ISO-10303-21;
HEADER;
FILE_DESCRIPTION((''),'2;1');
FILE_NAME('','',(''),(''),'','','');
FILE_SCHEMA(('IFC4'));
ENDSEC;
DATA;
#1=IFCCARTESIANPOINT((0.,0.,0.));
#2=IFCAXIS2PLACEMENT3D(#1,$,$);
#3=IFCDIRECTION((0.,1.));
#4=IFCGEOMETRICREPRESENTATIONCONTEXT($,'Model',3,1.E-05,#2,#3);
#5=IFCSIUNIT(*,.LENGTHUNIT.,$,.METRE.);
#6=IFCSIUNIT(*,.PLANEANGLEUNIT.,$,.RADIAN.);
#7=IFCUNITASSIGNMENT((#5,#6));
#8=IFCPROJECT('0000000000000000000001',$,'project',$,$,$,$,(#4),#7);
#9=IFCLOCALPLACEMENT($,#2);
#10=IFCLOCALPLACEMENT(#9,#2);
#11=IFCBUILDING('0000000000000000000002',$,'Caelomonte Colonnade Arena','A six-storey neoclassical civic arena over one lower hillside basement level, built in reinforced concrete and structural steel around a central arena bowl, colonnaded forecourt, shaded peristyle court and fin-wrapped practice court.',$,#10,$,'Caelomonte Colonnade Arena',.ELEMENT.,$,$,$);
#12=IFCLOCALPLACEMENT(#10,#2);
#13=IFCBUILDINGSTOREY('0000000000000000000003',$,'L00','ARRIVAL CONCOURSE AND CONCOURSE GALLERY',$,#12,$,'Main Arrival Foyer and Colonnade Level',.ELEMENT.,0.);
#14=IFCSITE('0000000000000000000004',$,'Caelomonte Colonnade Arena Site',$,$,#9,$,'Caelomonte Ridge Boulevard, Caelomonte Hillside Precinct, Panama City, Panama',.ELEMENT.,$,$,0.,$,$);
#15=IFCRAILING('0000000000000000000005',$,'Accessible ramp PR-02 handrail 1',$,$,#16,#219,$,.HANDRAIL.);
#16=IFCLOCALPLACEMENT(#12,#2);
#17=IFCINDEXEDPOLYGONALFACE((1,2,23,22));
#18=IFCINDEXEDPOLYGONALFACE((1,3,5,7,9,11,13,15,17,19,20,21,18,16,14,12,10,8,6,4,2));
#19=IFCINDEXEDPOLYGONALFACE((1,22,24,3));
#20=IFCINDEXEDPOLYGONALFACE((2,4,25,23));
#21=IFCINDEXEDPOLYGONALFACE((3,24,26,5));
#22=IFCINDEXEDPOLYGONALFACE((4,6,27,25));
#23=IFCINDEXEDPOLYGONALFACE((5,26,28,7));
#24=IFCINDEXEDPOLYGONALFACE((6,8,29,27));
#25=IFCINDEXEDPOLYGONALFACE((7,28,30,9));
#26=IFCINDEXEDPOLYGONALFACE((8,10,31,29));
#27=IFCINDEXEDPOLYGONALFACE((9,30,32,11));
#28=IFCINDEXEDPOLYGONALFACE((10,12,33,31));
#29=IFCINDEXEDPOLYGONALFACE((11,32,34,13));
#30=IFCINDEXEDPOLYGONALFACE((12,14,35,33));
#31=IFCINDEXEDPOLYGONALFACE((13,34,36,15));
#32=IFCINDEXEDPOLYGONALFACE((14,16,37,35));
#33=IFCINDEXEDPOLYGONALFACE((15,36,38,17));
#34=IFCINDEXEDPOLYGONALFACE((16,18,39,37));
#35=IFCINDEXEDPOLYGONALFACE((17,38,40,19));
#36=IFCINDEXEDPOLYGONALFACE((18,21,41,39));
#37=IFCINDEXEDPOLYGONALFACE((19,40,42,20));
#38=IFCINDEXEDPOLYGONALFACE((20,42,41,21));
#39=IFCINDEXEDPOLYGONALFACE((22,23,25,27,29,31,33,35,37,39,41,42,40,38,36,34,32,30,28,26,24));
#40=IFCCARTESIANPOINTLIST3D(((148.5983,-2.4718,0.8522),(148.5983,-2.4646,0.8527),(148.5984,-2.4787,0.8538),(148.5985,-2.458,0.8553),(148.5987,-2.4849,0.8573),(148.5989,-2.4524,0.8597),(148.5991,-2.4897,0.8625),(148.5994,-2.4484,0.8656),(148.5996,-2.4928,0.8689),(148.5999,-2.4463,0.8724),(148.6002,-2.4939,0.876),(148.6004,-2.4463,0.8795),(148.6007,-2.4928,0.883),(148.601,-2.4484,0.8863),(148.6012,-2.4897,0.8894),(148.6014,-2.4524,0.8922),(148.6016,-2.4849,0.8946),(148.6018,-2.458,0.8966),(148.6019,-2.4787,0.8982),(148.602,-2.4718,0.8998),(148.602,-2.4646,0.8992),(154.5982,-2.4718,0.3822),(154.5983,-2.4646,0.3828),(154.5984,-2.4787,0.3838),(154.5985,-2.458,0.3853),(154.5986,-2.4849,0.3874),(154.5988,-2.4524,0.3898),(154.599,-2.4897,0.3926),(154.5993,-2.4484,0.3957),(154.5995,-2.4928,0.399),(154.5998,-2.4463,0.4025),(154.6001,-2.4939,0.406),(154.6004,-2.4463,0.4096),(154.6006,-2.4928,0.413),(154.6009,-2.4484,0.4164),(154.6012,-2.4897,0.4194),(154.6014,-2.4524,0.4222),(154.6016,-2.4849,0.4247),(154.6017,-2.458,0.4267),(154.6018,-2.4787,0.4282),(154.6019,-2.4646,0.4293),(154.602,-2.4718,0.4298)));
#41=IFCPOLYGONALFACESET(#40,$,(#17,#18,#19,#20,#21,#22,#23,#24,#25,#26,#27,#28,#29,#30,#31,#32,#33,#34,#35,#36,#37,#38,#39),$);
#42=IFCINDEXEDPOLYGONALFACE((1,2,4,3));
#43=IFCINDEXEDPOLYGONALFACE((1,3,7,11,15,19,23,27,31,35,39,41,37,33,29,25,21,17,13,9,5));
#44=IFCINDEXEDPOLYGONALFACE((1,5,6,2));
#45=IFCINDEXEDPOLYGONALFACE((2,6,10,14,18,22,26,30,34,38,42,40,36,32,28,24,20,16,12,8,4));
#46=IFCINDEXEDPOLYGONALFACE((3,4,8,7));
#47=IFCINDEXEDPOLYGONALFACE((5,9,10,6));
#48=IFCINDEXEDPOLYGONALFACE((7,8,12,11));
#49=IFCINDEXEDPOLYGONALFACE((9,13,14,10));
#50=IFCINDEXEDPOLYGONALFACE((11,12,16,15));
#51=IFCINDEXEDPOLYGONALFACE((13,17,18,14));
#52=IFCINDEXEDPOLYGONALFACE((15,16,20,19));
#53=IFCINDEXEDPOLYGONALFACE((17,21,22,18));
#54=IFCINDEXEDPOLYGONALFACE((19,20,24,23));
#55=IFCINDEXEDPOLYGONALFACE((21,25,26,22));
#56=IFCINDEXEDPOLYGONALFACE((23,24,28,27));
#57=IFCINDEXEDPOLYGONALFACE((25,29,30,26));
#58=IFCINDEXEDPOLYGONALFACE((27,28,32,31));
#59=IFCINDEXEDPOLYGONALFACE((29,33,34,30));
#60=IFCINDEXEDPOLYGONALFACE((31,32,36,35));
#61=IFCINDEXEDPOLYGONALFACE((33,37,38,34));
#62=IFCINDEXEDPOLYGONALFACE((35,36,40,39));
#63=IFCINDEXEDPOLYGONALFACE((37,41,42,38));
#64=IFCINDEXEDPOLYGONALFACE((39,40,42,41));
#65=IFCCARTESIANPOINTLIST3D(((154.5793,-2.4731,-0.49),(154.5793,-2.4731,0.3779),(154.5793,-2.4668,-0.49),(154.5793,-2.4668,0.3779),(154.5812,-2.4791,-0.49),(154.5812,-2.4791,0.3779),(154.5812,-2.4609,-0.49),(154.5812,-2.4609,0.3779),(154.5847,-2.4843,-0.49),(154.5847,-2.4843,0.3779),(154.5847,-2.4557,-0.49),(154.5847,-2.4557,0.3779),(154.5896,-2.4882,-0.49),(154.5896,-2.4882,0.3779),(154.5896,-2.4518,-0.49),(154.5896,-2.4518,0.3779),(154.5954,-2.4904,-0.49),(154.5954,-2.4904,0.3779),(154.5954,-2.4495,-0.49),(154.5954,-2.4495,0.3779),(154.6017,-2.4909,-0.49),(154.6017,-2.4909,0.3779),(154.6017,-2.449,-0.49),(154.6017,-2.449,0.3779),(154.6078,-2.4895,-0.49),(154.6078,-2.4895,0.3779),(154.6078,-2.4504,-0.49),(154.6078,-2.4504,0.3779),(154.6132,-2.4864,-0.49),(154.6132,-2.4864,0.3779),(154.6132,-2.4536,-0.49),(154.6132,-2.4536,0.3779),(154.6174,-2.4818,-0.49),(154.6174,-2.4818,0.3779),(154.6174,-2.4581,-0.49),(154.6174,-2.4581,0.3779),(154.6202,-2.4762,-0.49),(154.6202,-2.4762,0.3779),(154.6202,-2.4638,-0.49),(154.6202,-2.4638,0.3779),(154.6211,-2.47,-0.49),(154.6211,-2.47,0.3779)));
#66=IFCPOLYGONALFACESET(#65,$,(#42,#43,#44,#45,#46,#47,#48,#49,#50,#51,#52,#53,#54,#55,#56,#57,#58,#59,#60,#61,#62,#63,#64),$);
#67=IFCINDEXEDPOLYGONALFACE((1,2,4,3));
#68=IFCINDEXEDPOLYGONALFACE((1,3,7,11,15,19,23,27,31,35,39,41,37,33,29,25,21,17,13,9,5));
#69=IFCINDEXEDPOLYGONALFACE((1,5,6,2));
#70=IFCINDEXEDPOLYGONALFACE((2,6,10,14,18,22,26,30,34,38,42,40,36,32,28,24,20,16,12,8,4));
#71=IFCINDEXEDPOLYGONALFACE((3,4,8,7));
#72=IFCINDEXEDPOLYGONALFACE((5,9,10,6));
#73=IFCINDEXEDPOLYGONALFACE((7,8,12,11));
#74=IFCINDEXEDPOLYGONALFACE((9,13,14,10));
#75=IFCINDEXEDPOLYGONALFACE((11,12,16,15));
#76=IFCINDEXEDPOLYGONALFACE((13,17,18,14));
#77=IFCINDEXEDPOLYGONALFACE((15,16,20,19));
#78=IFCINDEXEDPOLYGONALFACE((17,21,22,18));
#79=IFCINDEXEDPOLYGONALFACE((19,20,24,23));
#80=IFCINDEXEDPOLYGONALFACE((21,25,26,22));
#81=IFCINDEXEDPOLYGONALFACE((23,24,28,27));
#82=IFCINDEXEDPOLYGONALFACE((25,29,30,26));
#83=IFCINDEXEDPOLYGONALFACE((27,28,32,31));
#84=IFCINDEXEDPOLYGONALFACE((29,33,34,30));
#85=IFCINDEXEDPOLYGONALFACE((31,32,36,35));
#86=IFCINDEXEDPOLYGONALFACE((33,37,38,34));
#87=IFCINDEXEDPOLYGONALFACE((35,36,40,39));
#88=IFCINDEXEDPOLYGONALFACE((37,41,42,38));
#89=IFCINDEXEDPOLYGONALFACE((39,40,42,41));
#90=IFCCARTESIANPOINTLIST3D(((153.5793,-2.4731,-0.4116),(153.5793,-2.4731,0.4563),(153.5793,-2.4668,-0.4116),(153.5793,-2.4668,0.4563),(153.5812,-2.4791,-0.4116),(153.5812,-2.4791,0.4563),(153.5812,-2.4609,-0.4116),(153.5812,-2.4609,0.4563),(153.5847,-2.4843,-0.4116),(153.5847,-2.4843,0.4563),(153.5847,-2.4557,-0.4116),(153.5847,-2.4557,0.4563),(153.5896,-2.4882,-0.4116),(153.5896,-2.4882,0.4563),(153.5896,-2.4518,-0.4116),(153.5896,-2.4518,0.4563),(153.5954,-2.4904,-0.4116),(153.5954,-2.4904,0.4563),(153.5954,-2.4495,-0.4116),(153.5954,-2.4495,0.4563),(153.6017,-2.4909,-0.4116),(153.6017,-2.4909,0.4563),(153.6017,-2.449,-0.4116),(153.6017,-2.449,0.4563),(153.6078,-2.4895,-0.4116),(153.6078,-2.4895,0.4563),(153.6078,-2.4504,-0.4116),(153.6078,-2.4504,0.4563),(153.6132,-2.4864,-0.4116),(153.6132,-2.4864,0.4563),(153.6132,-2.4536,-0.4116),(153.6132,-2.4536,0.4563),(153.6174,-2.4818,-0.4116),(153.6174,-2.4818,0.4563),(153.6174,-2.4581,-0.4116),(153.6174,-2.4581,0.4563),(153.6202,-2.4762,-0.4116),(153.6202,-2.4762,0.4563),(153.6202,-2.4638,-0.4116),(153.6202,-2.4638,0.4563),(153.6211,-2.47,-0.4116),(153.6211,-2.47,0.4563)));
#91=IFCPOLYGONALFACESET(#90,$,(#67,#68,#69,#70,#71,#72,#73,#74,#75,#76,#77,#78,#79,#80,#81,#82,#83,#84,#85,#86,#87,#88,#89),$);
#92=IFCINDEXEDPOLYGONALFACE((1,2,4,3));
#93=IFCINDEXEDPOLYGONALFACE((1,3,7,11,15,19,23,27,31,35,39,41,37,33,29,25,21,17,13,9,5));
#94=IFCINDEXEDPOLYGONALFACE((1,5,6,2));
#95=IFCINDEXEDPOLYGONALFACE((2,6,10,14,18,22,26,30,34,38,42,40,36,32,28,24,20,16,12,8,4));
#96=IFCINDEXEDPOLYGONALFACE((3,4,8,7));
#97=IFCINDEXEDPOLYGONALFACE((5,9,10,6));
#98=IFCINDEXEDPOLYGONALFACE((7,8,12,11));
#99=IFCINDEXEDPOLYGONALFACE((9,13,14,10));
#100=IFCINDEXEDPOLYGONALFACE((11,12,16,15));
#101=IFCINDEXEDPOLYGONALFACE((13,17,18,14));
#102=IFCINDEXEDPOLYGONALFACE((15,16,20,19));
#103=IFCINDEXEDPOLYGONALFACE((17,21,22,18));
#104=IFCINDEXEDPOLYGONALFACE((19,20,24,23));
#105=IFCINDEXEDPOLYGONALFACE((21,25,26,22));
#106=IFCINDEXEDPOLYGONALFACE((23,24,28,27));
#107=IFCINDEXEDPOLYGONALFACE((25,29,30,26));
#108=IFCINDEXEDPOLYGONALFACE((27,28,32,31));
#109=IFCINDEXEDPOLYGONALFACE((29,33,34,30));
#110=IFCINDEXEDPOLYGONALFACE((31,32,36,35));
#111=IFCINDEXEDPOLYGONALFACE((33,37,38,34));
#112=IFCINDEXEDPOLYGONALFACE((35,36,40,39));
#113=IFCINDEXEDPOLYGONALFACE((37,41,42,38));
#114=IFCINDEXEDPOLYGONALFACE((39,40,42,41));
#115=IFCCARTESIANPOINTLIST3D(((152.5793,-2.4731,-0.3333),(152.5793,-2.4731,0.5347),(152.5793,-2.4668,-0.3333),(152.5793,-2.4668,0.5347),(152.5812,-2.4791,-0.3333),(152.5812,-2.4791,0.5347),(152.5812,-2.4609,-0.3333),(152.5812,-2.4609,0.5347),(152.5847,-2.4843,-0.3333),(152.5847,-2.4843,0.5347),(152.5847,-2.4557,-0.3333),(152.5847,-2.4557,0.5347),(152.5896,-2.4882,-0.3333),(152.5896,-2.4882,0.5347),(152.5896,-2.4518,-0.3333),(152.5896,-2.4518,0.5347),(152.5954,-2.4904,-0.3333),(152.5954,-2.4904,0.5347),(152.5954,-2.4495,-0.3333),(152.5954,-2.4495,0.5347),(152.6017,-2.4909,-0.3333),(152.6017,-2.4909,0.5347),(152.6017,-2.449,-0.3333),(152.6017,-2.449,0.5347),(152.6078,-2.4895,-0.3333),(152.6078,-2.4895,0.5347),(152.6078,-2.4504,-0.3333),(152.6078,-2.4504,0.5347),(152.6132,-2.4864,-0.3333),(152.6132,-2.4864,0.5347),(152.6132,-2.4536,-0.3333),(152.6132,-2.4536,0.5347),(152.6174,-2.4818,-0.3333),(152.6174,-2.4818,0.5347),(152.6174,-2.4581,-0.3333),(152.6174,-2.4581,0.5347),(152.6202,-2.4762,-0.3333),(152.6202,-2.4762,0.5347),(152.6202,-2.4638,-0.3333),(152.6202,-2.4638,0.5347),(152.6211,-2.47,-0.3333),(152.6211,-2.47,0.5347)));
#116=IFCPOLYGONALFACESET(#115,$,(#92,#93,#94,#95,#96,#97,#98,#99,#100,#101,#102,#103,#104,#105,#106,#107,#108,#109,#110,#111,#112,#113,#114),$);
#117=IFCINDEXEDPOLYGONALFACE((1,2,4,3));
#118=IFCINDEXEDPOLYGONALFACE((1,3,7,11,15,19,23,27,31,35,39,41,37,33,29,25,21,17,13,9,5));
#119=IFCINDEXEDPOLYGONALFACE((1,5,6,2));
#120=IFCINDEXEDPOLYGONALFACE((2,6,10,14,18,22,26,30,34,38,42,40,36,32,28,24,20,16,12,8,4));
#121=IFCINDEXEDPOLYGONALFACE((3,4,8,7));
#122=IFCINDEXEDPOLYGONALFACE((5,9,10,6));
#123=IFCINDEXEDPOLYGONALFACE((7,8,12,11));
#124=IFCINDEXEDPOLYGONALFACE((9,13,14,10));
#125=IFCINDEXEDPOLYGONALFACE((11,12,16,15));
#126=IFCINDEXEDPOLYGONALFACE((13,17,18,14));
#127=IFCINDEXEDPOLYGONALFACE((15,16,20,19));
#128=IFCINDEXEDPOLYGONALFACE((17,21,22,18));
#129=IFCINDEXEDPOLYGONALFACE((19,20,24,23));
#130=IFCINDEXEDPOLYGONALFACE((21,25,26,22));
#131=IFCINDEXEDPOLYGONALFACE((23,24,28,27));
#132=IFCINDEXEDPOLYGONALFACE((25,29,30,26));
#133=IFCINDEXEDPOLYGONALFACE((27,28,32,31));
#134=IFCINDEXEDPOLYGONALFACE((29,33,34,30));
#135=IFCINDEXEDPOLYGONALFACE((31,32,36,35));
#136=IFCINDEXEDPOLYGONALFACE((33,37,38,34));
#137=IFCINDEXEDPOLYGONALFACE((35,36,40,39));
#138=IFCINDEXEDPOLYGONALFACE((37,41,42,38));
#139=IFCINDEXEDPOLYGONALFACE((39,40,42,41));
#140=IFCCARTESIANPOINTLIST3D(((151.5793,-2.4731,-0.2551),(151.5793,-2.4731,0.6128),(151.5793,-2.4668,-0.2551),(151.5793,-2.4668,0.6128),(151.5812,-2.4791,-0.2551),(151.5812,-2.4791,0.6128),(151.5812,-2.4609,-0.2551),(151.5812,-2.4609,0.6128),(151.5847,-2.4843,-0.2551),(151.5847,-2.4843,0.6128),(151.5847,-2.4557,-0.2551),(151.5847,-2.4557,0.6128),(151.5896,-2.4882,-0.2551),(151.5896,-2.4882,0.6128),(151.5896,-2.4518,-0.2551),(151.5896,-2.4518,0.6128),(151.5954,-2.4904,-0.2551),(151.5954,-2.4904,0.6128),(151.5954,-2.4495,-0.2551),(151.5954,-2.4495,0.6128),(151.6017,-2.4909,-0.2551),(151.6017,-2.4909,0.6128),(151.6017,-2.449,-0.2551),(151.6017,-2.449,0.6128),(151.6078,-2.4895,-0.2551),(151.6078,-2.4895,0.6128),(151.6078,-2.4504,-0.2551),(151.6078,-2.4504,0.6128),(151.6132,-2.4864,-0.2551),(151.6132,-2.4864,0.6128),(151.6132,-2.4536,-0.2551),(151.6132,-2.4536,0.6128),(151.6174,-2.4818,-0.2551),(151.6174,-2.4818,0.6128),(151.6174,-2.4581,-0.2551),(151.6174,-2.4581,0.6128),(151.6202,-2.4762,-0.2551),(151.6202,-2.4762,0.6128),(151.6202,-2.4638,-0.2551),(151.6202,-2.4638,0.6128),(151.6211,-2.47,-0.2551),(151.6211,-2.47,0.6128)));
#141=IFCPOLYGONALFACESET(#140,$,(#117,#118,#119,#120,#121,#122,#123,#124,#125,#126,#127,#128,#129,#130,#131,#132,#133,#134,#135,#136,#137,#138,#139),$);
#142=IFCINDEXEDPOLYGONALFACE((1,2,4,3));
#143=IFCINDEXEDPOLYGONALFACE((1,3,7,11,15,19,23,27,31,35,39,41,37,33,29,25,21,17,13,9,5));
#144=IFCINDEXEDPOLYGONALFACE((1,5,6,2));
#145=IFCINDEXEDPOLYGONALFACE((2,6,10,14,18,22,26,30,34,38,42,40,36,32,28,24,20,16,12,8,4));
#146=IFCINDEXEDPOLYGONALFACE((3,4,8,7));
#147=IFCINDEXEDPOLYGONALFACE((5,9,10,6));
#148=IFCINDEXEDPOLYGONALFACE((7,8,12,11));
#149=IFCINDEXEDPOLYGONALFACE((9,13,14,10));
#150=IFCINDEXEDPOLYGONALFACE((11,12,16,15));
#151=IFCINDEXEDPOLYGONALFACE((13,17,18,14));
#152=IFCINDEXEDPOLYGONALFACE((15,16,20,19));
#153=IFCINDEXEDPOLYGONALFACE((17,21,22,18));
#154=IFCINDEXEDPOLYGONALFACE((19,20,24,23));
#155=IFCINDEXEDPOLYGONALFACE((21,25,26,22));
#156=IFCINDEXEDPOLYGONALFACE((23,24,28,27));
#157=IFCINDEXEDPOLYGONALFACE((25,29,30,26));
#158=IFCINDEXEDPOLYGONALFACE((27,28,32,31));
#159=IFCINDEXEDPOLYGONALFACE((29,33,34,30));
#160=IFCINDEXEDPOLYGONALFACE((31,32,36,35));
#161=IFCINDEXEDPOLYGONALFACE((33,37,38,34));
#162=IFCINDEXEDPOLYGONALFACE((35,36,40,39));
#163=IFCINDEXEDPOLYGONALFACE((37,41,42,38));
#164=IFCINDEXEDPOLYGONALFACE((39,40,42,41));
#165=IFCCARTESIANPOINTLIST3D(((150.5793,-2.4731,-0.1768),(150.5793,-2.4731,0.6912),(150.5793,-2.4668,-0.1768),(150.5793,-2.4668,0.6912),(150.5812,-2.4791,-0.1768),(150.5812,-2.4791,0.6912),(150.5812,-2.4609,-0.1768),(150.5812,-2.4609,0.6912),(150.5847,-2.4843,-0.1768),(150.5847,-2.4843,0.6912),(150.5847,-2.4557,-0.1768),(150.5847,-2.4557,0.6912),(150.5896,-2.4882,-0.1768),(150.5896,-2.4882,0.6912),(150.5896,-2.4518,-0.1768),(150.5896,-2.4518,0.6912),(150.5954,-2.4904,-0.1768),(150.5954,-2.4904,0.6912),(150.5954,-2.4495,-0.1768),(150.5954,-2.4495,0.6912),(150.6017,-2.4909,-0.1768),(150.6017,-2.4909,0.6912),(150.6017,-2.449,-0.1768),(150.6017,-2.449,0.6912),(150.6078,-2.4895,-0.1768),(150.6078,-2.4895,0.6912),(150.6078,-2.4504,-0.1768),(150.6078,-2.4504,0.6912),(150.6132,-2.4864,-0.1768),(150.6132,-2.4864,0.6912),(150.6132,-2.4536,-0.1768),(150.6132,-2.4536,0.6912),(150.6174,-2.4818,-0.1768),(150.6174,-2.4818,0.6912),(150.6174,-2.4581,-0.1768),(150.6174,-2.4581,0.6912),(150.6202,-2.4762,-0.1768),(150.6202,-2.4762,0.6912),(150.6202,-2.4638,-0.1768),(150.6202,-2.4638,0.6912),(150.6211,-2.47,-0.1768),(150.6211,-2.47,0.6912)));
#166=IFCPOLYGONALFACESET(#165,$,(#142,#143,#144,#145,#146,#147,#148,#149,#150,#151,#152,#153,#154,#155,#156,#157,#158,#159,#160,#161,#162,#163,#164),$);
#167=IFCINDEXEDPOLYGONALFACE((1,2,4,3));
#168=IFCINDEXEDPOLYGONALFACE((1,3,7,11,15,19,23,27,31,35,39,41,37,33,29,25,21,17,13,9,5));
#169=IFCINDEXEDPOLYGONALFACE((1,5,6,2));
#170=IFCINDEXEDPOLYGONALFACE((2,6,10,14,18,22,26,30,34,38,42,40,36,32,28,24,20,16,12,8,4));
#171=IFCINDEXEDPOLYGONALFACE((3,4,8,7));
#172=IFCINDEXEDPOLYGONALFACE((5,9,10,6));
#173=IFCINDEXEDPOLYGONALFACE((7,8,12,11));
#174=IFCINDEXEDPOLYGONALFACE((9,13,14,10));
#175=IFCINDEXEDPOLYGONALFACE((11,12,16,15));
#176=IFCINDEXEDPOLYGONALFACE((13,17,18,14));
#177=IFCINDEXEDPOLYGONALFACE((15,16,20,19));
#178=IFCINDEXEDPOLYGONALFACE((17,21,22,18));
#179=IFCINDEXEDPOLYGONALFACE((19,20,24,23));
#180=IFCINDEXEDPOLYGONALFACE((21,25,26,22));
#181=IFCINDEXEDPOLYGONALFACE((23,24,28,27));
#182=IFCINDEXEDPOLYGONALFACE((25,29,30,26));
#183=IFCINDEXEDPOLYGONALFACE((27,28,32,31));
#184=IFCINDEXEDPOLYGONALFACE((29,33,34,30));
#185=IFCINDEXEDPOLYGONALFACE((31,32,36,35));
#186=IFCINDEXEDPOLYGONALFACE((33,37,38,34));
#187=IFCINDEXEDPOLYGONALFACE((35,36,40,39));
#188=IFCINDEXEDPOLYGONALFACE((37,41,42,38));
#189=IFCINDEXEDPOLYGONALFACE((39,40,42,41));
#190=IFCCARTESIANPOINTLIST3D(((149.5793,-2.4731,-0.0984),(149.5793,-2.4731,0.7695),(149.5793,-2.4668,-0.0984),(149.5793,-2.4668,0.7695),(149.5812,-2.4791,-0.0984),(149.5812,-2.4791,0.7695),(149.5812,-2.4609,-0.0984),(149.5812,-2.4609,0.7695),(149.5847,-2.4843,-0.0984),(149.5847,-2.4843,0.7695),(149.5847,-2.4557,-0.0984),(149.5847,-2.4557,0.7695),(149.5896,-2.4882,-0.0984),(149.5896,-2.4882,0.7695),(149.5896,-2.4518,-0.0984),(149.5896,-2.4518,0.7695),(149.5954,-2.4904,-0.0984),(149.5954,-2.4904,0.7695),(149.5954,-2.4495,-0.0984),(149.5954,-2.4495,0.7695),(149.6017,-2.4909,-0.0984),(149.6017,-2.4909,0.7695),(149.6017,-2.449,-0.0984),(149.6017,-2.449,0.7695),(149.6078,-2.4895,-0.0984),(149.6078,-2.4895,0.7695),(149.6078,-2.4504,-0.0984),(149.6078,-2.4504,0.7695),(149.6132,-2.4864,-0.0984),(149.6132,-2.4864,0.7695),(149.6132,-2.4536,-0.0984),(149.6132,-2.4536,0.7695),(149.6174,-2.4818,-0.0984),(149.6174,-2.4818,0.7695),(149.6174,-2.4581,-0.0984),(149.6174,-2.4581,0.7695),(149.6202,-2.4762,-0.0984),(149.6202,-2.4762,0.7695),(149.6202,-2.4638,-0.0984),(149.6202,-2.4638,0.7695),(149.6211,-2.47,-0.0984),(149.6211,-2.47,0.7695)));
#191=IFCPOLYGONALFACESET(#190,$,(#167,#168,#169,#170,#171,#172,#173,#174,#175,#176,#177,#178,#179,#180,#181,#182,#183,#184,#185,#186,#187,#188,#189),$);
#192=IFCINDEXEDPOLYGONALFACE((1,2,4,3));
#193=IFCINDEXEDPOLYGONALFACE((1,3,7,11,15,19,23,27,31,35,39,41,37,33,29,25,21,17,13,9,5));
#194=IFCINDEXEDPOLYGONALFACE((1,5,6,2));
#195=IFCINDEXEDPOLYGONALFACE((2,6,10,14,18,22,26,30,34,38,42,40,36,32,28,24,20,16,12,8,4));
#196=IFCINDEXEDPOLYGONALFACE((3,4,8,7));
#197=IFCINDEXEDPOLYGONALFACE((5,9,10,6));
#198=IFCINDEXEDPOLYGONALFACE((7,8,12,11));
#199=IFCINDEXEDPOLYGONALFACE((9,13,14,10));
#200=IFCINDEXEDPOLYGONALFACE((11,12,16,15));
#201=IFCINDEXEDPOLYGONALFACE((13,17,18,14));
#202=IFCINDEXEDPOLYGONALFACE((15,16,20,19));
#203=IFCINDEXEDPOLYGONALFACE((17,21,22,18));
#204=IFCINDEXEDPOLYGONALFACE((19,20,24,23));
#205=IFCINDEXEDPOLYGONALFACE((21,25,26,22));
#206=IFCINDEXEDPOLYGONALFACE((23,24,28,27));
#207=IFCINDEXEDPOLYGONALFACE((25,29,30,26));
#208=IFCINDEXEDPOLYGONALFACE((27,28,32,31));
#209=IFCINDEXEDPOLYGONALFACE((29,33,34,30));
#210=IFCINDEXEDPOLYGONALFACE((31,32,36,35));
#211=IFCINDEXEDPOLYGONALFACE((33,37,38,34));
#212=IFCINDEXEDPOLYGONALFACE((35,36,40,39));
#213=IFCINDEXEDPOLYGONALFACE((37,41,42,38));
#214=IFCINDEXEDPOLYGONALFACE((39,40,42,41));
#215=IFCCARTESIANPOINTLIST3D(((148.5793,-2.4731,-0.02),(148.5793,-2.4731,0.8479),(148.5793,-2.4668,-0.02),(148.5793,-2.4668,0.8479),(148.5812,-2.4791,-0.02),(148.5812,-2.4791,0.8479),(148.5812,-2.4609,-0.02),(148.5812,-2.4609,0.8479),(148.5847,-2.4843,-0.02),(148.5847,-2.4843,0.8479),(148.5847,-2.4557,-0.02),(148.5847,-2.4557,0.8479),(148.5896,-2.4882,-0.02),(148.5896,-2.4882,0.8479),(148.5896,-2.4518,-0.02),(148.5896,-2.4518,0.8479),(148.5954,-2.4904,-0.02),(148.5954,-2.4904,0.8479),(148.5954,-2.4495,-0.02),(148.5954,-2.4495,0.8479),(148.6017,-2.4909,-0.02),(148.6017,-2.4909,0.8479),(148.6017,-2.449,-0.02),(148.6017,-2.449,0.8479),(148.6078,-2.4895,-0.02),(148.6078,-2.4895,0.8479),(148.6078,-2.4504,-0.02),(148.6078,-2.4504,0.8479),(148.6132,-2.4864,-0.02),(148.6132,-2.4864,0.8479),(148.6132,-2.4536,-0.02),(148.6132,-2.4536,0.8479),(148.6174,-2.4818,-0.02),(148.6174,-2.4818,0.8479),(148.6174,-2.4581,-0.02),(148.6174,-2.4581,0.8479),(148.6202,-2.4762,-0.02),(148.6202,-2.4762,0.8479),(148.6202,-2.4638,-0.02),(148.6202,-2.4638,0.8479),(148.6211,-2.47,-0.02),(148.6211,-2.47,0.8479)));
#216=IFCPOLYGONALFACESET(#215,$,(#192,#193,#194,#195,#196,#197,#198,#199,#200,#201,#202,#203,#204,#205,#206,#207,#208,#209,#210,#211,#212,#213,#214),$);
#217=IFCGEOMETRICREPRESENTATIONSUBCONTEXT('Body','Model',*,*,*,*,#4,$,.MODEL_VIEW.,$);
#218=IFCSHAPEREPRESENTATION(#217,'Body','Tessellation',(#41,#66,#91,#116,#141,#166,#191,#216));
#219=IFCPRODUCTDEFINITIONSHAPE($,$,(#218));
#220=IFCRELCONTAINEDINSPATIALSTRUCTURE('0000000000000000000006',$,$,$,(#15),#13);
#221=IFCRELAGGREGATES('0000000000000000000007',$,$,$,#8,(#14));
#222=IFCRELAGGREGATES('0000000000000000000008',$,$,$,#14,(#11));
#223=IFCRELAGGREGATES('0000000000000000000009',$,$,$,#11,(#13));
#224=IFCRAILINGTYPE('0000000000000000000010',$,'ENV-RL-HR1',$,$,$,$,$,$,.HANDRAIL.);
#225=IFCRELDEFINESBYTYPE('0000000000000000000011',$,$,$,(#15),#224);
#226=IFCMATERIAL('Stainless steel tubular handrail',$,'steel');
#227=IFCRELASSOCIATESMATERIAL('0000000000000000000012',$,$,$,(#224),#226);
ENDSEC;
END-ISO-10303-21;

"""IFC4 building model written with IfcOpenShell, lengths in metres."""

from ifc_helpers import new_model, si_unit, direction, frame, origin, origin_2d, place, context, subcontext, project, spatial, circle, extrude, material, type_object, element, save


model = new_model("IFC4")

# Units and contexts
model_context = context("Model", 3, precision=1e-05, world=origin(), true_north=direction((0.0, 1.0)))
body_context = subcontext(model_context, "Body", "Model", "MODEL_VIEW")
ifc_project = project(units=[si_unit("LENGTHUNIT", "METRE"), si_unit("PLANEANGLEUNIT", "RADIAN")], contexts=[model_context])

# Site, building, storey
site_placement = place(None, origin())
site = spatial("IfcSite", under=ifc_project, at=site_placement, Name="Caelomonte Colonnade Arena Site", LongName="Caelomonte Ridge Boulevard, Caelomonte Hillside Precinct, Panama City, Panama", CompositionType="ELEMENT", RefElevation=0.0)
building_placement = place(site_placement, origin())
building = spatial("IfcBuilding", under=site, at=building_placement, Name="Caelomonte Colonnade Arena", Description="A six-storey neoclassical civic arena over one lower hillside basement level, built in reinforced concrete and structural steel around a central arena bowl, colonnaded forecourt, shaded peristyle court and fin-wrapped practice court.", LongName="Caelomonte Colonnade Arena", CompositionType="ELEMENT")
storey_placement = place(building_placement, origin())
storey = spatial("IfcBuildingStorey", under=building, at=storey_placement, Name="L00", Description="ARRIVAL CONCOURSE AND CONCOURSE GALLERY", LongName="Main Arrival Foyer and Colonnade Level", CompositionType="ELEMENT", Elevation=0.0)

# Railing
ifc_material_1 = material(Name="Stainless steel tubular handrail", Category="steel")
railing_type = type_object("IfcRailingType", Name="ENV-RL-HR1", PredefinedType="HANDRAIL", material=ifc_material_1)
for number, where, name in (
    (1, (154.6001, -2.47, -0.49), "Accessible ramp PR-02 handrail 1"),
):
    element("IfcRailing", number, at=place(storey_placement, frame(where)), inside=storey, type_object=railing_type, Name=name, PredefinedType="HANDRAIL", context=body_context, shape_type="SweptSolid", body=[
        extrude(circle(Radius=0.0239, at=origin_2d()), frame((0.0, 0.0, 0.896), z_axis=(-0.996946, 0.0, 0.078089), x_axis=(0.0, -1.0, 0.0)), (0.0, 0.0, 1.0), 6.0183),
        extrude(circle(Radius=0.021, at=origin_2d()), origin(), (0.0, 0.0, 1.0), 0.8679),
        extrude(circle(Radius=0.021, at=origin_2d()), frame((-1.0, 0.0, 0.0784)), (0.0, 0.0, 1.0), 0.8679),
        extrude(circle(Radius=0.021, at=origin_2d()), frame((-2.0, 0.0, 0.1567)), (0.0, 0.0, 1.0), 0.8679),
        extrude(circle(Radius=0.021, at=origin_2d()), frame((-3.0, 0.0, 0.2349)), (0.0, 0.0, 1.0), 0.8679),
        extrude(circle(Radius=0.021, at=origin_2d()), frame((-4.0, 0.0, 0.3132)), (0.0, 0.0, 1.0), 0.8679),
        extrude(circle(Radius=0.021, at=origin_2d()), frame((-5.0, 0.0, 0.3916)), (0.0, 0.0, 1.0), 0.8679),
        extrude(circle(Radius=0.021, at=origin_2d()), frame((-6.0, 0.0, 0.47)), (0.0, 0.0, 1.0), 0.8679),
    ])

save(model, "model.ifc")
